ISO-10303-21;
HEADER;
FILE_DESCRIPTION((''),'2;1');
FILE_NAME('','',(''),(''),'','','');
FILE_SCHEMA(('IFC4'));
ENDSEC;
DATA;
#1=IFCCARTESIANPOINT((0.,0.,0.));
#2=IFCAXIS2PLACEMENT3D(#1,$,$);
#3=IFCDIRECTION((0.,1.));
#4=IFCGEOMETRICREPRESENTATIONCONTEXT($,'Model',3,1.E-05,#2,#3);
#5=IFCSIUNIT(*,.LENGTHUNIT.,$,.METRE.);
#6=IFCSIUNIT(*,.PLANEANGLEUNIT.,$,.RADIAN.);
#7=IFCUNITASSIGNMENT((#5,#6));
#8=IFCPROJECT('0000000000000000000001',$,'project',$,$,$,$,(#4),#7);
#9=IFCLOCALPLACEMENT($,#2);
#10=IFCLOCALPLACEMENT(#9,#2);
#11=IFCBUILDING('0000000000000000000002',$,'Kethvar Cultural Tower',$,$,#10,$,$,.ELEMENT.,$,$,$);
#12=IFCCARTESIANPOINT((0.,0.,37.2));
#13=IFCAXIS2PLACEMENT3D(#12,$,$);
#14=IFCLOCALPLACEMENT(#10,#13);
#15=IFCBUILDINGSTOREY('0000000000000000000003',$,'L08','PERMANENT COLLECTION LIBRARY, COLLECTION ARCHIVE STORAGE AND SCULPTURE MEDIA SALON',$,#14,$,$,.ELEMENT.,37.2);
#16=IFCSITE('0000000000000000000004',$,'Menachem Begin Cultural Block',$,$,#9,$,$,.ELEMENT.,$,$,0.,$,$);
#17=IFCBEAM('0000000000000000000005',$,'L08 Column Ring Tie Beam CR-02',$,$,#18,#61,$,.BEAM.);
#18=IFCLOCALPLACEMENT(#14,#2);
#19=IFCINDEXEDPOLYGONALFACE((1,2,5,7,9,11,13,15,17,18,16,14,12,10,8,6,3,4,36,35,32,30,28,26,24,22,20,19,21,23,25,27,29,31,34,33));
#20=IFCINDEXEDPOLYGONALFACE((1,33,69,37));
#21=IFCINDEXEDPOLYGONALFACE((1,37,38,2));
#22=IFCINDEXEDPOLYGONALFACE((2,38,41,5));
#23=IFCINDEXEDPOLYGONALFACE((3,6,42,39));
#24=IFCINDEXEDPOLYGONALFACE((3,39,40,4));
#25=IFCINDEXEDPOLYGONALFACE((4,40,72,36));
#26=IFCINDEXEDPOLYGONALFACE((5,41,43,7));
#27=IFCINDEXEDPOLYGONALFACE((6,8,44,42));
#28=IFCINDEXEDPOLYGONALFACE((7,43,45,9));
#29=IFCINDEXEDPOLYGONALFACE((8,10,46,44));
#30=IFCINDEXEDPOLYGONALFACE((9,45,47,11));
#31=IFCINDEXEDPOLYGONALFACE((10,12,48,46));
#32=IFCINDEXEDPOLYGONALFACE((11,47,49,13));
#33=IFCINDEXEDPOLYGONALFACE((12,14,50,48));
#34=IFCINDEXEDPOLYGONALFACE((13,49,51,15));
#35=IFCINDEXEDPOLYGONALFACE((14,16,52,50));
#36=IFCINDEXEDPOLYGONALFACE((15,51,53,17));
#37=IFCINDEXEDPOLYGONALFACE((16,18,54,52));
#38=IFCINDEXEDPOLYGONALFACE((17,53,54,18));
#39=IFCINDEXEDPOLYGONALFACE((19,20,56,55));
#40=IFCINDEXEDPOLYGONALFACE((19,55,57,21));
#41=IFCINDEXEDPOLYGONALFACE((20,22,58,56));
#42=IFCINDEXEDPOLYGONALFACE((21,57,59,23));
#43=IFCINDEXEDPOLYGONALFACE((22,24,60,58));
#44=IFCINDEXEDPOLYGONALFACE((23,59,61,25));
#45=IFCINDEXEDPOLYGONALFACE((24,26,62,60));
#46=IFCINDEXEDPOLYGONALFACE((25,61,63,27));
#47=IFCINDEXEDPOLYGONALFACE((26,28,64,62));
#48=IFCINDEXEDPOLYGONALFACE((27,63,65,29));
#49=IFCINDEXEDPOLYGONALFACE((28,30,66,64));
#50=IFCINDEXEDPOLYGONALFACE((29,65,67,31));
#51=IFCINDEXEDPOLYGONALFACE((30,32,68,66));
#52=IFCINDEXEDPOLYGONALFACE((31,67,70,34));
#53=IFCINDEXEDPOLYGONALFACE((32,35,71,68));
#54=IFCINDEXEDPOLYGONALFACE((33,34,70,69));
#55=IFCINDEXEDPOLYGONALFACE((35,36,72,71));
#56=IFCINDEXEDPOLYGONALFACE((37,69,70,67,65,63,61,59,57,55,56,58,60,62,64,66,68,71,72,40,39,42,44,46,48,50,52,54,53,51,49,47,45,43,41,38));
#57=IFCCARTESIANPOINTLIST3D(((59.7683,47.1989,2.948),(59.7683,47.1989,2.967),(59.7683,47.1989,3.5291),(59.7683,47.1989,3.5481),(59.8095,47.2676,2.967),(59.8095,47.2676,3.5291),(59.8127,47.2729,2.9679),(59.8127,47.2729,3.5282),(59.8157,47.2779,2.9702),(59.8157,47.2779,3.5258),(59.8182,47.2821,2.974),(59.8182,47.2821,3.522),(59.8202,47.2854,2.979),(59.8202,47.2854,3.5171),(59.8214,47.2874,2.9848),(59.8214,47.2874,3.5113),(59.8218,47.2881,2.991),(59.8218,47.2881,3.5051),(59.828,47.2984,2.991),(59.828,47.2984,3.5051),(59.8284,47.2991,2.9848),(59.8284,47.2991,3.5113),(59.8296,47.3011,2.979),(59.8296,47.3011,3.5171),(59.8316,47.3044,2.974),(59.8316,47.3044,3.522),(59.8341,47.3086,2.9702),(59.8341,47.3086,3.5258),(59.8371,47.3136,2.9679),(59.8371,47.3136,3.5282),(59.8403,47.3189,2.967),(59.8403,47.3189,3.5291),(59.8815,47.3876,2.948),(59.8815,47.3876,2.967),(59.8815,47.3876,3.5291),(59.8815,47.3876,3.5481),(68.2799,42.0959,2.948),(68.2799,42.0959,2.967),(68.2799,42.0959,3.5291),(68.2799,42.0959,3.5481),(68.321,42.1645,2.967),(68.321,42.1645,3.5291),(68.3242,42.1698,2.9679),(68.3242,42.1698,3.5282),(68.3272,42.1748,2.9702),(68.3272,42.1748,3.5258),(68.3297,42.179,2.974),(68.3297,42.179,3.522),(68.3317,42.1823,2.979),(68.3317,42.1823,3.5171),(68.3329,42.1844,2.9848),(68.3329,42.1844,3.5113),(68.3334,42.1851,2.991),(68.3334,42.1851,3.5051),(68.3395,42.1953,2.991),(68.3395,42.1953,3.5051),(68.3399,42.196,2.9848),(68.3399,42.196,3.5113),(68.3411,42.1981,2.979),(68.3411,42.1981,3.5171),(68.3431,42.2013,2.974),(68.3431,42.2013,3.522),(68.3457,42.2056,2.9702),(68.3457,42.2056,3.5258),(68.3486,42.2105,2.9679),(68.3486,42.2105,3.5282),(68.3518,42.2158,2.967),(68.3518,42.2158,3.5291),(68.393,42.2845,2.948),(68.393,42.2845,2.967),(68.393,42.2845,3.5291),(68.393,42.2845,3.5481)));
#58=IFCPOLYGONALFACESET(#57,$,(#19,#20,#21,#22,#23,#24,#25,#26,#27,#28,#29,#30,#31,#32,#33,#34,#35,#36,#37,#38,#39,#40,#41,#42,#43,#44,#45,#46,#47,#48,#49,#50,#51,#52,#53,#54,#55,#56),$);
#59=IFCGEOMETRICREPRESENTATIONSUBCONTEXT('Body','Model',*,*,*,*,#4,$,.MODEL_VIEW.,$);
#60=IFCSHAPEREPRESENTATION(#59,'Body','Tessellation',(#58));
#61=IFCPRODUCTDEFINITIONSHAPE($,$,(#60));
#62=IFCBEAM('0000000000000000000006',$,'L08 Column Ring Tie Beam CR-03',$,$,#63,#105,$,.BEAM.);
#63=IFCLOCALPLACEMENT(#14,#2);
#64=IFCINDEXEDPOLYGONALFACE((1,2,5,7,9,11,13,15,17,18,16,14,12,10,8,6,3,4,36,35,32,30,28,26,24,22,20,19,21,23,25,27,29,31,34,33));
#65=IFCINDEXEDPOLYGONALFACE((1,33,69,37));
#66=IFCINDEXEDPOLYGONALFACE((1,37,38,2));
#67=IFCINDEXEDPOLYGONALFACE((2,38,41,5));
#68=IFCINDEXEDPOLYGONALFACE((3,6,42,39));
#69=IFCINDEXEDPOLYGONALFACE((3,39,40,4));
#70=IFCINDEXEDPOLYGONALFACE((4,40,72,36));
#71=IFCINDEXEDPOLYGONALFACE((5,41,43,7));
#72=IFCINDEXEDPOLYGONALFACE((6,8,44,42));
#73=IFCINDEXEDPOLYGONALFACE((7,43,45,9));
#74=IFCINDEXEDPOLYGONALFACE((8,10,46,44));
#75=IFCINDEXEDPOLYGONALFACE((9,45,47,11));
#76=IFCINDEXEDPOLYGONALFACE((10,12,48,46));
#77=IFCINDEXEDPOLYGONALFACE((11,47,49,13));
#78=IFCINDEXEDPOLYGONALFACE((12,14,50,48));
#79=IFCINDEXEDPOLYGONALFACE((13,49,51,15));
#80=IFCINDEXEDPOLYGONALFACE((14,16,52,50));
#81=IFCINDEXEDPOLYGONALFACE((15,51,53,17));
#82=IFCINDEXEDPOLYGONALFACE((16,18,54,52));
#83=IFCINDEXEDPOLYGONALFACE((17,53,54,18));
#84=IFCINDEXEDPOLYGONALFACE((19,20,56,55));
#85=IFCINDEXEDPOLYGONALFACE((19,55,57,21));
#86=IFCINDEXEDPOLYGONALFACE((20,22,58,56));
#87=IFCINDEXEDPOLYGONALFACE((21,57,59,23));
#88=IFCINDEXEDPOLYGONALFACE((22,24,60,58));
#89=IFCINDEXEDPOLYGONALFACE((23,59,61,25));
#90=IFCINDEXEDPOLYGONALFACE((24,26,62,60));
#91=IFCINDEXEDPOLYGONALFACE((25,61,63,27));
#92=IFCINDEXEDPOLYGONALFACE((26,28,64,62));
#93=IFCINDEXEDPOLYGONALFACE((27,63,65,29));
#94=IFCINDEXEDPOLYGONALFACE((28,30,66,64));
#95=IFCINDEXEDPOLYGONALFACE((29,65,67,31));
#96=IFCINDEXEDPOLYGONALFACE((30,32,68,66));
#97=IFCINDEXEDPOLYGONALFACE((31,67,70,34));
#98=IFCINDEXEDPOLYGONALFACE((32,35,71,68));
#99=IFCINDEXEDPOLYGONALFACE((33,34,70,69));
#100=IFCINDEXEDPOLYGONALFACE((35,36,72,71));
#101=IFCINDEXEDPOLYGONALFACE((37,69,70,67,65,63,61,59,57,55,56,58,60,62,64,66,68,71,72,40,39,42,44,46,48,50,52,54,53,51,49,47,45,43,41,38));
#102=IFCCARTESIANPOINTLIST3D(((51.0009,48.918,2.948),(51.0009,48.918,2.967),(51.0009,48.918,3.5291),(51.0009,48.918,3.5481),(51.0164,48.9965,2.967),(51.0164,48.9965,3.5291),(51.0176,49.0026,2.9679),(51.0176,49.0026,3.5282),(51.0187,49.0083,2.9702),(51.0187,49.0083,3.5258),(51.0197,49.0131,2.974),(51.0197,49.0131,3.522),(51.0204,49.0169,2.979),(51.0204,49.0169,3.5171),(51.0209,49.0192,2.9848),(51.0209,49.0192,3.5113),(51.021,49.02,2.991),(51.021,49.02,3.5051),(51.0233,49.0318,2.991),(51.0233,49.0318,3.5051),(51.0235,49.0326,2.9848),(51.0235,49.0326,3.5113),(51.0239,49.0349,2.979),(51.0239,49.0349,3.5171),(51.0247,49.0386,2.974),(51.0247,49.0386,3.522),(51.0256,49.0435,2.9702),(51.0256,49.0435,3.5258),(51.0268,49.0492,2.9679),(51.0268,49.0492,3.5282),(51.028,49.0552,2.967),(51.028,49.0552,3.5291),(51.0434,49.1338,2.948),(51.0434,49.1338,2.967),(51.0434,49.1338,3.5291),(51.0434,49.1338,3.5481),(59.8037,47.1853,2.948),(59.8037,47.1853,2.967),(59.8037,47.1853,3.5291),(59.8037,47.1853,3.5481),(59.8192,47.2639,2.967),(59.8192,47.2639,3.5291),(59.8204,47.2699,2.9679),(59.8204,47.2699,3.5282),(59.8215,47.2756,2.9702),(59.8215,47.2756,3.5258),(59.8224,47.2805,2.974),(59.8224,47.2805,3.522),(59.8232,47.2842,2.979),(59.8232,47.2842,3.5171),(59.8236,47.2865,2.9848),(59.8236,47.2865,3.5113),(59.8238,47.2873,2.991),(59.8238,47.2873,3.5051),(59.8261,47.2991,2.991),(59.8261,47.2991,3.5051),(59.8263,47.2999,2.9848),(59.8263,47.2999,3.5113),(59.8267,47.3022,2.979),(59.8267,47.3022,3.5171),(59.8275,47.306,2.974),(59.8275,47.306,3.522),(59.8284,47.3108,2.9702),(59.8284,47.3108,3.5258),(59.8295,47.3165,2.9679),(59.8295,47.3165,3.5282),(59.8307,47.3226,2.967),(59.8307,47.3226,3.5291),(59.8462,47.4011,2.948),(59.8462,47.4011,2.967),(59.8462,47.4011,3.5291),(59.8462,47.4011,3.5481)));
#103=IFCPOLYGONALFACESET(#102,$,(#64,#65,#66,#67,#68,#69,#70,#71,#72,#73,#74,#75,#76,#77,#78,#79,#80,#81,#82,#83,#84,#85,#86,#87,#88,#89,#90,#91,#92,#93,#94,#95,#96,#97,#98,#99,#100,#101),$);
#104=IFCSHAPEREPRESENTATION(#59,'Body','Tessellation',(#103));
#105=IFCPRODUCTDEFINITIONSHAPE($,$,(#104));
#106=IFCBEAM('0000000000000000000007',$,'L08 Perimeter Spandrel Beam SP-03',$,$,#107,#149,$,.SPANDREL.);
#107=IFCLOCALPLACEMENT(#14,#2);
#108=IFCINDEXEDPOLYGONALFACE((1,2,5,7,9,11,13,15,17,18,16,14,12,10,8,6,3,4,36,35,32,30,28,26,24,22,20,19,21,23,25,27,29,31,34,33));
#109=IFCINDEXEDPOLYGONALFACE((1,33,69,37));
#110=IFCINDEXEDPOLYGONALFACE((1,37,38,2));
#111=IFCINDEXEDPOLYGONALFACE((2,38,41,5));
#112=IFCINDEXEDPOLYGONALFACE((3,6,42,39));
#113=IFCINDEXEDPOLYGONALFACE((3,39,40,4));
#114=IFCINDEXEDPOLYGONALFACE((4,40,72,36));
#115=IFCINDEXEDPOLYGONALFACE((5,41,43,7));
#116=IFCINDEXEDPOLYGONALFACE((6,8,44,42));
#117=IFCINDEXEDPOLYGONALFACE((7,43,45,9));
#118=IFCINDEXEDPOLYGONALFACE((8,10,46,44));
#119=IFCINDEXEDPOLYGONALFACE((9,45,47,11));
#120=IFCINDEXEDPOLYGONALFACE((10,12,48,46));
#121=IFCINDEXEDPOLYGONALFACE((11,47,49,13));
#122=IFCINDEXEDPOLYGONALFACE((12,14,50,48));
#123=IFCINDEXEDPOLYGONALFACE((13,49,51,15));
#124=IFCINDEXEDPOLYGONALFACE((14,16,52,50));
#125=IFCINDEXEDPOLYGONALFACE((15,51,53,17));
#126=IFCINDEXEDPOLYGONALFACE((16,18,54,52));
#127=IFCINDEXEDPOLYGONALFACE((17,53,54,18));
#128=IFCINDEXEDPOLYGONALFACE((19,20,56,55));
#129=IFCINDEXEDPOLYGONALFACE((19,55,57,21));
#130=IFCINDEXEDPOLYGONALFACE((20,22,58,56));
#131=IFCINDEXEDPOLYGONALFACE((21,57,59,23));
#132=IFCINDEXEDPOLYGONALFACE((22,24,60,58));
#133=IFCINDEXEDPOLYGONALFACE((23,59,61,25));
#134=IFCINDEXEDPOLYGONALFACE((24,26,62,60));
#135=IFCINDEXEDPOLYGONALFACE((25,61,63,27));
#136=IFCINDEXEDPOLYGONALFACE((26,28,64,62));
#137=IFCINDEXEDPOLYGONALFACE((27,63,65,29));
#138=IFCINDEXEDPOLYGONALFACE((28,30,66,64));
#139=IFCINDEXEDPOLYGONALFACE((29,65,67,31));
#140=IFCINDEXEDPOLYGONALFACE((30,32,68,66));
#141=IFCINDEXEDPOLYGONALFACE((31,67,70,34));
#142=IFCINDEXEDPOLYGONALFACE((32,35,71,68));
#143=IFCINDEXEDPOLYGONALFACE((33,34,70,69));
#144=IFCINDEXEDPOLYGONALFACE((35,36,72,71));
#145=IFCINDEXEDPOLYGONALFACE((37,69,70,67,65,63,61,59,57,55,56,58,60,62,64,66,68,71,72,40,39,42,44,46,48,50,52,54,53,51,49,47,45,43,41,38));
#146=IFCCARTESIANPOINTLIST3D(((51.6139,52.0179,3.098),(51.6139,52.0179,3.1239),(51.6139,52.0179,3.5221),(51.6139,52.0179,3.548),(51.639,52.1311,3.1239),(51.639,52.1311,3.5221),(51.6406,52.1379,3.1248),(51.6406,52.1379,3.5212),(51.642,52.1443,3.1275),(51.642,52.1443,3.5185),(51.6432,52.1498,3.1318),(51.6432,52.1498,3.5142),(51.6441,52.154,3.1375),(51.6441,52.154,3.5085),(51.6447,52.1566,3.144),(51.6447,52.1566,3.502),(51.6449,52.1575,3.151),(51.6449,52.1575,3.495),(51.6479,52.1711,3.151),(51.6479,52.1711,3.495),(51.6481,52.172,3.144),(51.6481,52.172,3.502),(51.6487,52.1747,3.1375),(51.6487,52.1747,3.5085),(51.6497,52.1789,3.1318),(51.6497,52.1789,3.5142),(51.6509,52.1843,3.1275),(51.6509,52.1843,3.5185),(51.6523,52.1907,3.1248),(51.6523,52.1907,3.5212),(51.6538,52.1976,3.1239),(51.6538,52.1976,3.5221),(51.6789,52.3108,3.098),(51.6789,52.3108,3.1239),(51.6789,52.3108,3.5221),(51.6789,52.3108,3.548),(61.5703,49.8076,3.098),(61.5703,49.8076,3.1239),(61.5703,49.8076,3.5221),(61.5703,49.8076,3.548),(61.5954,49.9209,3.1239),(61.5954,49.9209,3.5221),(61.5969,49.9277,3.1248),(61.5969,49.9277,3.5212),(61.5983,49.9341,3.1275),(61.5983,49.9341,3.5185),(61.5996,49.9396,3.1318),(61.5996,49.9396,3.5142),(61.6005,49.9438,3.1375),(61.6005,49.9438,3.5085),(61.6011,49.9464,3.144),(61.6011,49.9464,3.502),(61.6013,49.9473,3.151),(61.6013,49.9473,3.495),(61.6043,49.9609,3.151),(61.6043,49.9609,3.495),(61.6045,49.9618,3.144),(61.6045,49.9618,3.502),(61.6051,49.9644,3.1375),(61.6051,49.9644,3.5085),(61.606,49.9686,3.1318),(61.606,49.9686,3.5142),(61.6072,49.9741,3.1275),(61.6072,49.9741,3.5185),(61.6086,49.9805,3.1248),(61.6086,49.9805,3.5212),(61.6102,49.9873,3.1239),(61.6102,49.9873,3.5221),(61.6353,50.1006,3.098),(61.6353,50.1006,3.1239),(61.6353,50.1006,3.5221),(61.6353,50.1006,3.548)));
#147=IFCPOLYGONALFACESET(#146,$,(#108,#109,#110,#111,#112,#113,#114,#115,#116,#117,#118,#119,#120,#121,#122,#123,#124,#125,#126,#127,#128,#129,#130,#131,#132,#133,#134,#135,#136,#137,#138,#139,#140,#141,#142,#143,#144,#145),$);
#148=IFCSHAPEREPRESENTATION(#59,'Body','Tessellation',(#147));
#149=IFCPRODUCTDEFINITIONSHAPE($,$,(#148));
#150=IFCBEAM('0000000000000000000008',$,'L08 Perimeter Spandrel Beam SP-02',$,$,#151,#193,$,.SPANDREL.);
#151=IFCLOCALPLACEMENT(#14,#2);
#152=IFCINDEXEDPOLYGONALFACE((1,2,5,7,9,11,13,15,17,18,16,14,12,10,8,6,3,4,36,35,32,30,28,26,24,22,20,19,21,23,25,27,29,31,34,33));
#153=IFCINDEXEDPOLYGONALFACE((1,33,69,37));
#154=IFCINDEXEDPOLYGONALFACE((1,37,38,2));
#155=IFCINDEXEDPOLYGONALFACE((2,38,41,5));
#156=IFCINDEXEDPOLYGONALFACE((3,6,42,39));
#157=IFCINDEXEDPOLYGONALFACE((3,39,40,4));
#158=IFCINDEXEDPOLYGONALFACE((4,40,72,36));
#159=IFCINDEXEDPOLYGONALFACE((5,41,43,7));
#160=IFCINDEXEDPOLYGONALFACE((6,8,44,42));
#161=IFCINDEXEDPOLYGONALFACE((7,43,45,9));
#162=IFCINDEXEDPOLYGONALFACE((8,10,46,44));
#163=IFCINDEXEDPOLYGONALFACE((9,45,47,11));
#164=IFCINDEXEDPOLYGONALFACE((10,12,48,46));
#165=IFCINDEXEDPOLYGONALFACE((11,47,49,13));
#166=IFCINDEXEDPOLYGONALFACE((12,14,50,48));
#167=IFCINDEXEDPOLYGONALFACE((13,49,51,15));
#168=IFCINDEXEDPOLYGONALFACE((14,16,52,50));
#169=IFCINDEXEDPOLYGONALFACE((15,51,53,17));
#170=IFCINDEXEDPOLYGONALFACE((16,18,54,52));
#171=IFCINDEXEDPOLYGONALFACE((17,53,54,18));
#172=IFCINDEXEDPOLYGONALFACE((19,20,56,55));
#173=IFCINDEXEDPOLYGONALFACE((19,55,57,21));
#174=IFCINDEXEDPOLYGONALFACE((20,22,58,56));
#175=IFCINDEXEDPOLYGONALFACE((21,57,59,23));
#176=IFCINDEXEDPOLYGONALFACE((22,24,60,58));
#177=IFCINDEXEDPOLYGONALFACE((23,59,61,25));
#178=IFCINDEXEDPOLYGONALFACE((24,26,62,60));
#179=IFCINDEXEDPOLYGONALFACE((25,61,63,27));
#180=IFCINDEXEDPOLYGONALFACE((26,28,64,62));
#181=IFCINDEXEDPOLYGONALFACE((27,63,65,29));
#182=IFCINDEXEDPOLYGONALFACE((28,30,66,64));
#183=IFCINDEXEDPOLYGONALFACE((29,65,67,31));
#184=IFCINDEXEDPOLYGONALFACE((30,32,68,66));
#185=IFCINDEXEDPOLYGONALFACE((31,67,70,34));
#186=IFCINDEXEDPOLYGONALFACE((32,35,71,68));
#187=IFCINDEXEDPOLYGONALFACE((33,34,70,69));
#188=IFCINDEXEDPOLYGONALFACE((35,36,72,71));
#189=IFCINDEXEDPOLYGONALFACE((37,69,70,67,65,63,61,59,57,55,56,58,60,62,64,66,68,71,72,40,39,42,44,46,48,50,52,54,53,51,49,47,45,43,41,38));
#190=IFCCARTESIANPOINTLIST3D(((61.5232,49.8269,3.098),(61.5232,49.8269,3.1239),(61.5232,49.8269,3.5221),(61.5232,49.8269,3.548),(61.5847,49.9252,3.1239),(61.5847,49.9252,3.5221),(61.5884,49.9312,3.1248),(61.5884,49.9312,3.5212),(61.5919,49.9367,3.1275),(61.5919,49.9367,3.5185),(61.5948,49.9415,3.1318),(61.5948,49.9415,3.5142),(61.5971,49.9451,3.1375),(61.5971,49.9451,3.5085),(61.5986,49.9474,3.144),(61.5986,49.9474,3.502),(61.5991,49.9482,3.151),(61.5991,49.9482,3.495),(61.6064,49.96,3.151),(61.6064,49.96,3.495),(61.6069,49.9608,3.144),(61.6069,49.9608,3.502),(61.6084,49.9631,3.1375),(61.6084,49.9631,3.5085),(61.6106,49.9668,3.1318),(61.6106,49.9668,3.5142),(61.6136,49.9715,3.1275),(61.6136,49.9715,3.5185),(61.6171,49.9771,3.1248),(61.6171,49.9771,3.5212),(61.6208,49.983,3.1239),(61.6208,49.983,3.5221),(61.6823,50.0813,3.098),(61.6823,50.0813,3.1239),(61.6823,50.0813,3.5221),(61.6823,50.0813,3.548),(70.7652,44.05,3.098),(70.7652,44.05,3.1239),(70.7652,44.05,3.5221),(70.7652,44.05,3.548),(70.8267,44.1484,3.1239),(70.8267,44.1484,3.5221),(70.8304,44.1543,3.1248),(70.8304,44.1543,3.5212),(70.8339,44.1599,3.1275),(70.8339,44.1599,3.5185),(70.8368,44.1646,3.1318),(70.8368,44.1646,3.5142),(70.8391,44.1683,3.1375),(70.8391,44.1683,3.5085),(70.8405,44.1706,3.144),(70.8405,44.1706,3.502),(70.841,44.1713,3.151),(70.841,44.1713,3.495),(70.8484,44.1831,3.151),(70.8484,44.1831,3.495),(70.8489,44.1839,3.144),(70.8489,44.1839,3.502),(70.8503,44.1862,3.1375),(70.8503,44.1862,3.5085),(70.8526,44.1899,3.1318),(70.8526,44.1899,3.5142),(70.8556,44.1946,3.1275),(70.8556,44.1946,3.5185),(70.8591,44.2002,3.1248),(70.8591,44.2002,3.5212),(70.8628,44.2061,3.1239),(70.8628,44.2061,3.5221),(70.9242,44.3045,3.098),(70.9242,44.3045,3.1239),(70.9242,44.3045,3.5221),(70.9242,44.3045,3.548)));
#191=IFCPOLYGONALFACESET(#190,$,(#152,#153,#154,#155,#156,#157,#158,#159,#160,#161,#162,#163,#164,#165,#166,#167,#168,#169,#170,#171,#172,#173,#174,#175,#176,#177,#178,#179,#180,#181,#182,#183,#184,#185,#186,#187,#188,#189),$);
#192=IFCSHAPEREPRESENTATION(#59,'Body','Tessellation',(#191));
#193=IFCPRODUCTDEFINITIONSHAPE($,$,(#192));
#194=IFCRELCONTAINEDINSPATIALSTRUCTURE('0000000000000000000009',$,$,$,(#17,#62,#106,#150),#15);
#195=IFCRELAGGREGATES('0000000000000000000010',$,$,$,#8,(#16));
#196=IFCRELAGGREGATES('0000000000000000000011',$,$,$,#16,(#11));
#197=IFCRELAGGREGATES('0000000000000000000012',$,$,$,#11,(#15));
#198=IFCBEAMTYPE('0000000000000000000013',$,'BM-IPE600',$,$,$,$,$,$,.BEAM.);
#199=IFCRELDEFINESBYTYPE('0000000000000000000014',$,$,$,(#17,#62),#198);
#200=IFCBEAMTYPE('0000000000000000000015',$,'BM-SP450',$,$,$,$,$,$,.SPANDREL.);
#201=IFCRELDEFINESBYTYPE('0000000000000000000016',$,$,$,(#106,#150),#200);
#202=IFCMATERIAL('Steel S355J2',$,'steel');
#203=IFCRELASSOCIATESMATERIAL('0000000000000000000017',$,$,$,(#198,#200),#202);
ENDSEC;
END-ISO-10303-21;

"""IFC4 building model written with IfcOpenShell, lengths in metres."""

from ifc_helpers import new_model, si_unit, direction, frame, origin, origin_2d, place, context, subcontext, project, spatial, i_section, extrude, source, transform, mapped, material, material_profile, profile_set, type_object, element, save


model = new_model("IFC4")

# Units and contexts
model_context = context("Model", 3, precision=1e-05, world=origin(), true_north=direction((0.0, 1.0)))
body_context = subcontext(model_context, "Body", "Model", "MODEL_VIEW")
ifc_project = project(units=[si_unit("LENGTHUNIT", "METRE"), si_unit("PLANEANGLEUNIT", "RADIAN")], contexts=[model_context])

# Site, building, storey
site_placement = place(None, origin())
site = spatial("IfcSite", under=ifc_project, at=site_placement, Name="Menachem Begin Cultural Block", CompositionType="ELEMENT", RefElevation=0.0)
building_placement = place(site_placement, origin())
building = spatial("IfcBuilding", under=site, at=building_placement, Name="Kethvar Cultural Tower", CompositionType="ELEMENT")
storey_placement = place(building_placement, frame((0.0, 0.0, 37.2)))
storey = spatial("IfcBuildingStorey", under=building, at=storey_placement, Name="L08", Description="PERMANENT COLLECTION LIBRARY, COLLECTION ARCHIVE STORAGE AND SCULPTURE MEDIA SALON", CompositionType="ELEMENT", Elevation=37.2)

# Beams
ifc_material_1 = material(Name="Steel S355J2", Category="steel")
ifc_material_profile_1 = material_profile(ifc_material_1, i_section(OverallWidth=0.22, OverallDepth=0.6001, WebThickness=0.012, FlangeThickness=0.019, FilletRadius=0.0239, at=origin_2d()), Name="Steel S355J2 — IPE600")
ifc_profile_set_1 = profile_set([ifc_material_profile_1], Name="Steel S355J2 — IPE600")
beam_type_1 = type_object("IfcBeamType", Name="BM-IPE600", PredefinedType="BEAM", material=ifc_profile_set_1)
shared_shape_1 = source(origin(), body_context, "Body", "SweptSolid", [
    extrude(i_section(OverallWidth=0.22, OverallDepth=0.6001, WebThickness=0.012, FlangeThickness=0.019, FilletRadius=0.0239, at=origin_2d()), origin(), (0.0, 0.0, 1.0), 9.9241),
])
beam_1_placement = place(storey_placement, frame((68.3364, 42.1902, 3.248), z_axis=(-0.857664, 0.51421, 0.0), x_axis=(-0.51421, -0.857664, 0.0)))
element("IfcBeam", 1, at=beam_1_placement, inside=storey, type_object=beam_type_1, Name="L08 Column Ring Tie Beam CR-02", PredefinedType="BEAM", context=body_context, shape_type="MappedRepresentation", body=[
    mapped(shared_shape_1, transform((0.0, 0.0, 0.0), scale=1.0)),
])
shared_shape_2 = source(origin(), body_context, "Body", "SweptSolid", [
    extrude(i_section(OverallWidth=0.22, OverallDepth=0.6001, WebThickness=0.012, FlangeThickness=0.019, FilletRadius=0.0239, at=origin_2d()), origin(), (0.0, 0.0, 1.0), 8.9717),
])
beam_2_placement = place(storey_placement, frame((59.825, 47.2932, 3.248), z_axis=(-0.981174, 0.193127, 0.0), x_axis=(-0.193127, -0.981174, 0.0)))
element("IfcBeam", 2, at=beam_2_placement, inside=storey, type_object=beam_type_1, Name="L08 Column Ring Tie Beam CR-03", PredefinedType="BEAM", context=body_context, shape_type="MappedRepresentation", body=[
    mapped(shared_shape_2, transform((0.0, 0.0, 0.0), scale=1.0)),
])
ifc_material_profile_2 = material_profile(ifc_material_1, i_section(OverallWidth=0.3, OverallDepth=0.45, WebThickness=0.0139, FlangeThickness=0.0259, FilletRadius=0.0271, at=origin_2d()), Name="Steel S355J2 — HEB450")
ifc_profile_set_2 = profile_set([ifc_material_profile_2], Name="Steel S355J2 — HEB450")
beam_type_2 = type_object("IfcBeamType", Name="BM-SP450", PredefinedType="SPANDREL", material=ifc_profile_set_2)
shared_shape_3 = source(origin(), body_context, "Body", "SweptSolid", [
    extrude(i_section(OverallWidth=0.3, OverallDepth=0.45, WebThickness=0.0139, FlangeThickness=0.0259, FilletRadius=0.0271, at=origin_2d()), origin(), (0.0, 0.0, 1.0), 10.1987),
])
beam_3_placement = place(storey_placement, frame((61.6028, 49.9541, 3.323), z_axis=(-0.976235, 0.216715, 0.0), x_axis=(-0.216715, -0.976235, 0.0)))
element("IfcBeam", 3, at=beam_3_placement, inside=storey, type_object=beam_type_2, Name="L08 Perimeter Spandrel Beam SP-03", PredefinedType="SPANDREL", context=body_context, shape_type="MappedRepresentation", body=[
    mapped(shared_shape_3, transform((0.0, 0.0, 0.0), scale=1.0)),
])
shared_shape_4 = source(origin(), body_context, "Body", "SweptSolid", [
    extrude(i_section(OverallWidth=0.3, OverallDepth=0.45, WebThickness=0.0139, FlangeThickness=0.0259, FilletRadius=0.0271, at=origin_2d()), origin(), (0.0, 0.0, 1.0), 10.8989),
])
beam_4_placement = place(storey_placement, frame((70.8447, 44.1772, 3.323), z_axis=(-0.847972, 0.530041, 0.0), x_axis=(-0.530041, -0.847972, 0.0)))
element("IfcBeam", 4, at=beam_4_placement, inside=storey, type_object=beam_type_2, Name="L08 Perimeter Spandrel Beam SP-02", PredefinedType="SPANDREL", context=body_context, shape_type="MappedRepresentation", body=[
    mapped(shared_shape_4, transform((0.0, 0.0, 0.0), scale=1.0)),
])

save(model, "model.ifc")
